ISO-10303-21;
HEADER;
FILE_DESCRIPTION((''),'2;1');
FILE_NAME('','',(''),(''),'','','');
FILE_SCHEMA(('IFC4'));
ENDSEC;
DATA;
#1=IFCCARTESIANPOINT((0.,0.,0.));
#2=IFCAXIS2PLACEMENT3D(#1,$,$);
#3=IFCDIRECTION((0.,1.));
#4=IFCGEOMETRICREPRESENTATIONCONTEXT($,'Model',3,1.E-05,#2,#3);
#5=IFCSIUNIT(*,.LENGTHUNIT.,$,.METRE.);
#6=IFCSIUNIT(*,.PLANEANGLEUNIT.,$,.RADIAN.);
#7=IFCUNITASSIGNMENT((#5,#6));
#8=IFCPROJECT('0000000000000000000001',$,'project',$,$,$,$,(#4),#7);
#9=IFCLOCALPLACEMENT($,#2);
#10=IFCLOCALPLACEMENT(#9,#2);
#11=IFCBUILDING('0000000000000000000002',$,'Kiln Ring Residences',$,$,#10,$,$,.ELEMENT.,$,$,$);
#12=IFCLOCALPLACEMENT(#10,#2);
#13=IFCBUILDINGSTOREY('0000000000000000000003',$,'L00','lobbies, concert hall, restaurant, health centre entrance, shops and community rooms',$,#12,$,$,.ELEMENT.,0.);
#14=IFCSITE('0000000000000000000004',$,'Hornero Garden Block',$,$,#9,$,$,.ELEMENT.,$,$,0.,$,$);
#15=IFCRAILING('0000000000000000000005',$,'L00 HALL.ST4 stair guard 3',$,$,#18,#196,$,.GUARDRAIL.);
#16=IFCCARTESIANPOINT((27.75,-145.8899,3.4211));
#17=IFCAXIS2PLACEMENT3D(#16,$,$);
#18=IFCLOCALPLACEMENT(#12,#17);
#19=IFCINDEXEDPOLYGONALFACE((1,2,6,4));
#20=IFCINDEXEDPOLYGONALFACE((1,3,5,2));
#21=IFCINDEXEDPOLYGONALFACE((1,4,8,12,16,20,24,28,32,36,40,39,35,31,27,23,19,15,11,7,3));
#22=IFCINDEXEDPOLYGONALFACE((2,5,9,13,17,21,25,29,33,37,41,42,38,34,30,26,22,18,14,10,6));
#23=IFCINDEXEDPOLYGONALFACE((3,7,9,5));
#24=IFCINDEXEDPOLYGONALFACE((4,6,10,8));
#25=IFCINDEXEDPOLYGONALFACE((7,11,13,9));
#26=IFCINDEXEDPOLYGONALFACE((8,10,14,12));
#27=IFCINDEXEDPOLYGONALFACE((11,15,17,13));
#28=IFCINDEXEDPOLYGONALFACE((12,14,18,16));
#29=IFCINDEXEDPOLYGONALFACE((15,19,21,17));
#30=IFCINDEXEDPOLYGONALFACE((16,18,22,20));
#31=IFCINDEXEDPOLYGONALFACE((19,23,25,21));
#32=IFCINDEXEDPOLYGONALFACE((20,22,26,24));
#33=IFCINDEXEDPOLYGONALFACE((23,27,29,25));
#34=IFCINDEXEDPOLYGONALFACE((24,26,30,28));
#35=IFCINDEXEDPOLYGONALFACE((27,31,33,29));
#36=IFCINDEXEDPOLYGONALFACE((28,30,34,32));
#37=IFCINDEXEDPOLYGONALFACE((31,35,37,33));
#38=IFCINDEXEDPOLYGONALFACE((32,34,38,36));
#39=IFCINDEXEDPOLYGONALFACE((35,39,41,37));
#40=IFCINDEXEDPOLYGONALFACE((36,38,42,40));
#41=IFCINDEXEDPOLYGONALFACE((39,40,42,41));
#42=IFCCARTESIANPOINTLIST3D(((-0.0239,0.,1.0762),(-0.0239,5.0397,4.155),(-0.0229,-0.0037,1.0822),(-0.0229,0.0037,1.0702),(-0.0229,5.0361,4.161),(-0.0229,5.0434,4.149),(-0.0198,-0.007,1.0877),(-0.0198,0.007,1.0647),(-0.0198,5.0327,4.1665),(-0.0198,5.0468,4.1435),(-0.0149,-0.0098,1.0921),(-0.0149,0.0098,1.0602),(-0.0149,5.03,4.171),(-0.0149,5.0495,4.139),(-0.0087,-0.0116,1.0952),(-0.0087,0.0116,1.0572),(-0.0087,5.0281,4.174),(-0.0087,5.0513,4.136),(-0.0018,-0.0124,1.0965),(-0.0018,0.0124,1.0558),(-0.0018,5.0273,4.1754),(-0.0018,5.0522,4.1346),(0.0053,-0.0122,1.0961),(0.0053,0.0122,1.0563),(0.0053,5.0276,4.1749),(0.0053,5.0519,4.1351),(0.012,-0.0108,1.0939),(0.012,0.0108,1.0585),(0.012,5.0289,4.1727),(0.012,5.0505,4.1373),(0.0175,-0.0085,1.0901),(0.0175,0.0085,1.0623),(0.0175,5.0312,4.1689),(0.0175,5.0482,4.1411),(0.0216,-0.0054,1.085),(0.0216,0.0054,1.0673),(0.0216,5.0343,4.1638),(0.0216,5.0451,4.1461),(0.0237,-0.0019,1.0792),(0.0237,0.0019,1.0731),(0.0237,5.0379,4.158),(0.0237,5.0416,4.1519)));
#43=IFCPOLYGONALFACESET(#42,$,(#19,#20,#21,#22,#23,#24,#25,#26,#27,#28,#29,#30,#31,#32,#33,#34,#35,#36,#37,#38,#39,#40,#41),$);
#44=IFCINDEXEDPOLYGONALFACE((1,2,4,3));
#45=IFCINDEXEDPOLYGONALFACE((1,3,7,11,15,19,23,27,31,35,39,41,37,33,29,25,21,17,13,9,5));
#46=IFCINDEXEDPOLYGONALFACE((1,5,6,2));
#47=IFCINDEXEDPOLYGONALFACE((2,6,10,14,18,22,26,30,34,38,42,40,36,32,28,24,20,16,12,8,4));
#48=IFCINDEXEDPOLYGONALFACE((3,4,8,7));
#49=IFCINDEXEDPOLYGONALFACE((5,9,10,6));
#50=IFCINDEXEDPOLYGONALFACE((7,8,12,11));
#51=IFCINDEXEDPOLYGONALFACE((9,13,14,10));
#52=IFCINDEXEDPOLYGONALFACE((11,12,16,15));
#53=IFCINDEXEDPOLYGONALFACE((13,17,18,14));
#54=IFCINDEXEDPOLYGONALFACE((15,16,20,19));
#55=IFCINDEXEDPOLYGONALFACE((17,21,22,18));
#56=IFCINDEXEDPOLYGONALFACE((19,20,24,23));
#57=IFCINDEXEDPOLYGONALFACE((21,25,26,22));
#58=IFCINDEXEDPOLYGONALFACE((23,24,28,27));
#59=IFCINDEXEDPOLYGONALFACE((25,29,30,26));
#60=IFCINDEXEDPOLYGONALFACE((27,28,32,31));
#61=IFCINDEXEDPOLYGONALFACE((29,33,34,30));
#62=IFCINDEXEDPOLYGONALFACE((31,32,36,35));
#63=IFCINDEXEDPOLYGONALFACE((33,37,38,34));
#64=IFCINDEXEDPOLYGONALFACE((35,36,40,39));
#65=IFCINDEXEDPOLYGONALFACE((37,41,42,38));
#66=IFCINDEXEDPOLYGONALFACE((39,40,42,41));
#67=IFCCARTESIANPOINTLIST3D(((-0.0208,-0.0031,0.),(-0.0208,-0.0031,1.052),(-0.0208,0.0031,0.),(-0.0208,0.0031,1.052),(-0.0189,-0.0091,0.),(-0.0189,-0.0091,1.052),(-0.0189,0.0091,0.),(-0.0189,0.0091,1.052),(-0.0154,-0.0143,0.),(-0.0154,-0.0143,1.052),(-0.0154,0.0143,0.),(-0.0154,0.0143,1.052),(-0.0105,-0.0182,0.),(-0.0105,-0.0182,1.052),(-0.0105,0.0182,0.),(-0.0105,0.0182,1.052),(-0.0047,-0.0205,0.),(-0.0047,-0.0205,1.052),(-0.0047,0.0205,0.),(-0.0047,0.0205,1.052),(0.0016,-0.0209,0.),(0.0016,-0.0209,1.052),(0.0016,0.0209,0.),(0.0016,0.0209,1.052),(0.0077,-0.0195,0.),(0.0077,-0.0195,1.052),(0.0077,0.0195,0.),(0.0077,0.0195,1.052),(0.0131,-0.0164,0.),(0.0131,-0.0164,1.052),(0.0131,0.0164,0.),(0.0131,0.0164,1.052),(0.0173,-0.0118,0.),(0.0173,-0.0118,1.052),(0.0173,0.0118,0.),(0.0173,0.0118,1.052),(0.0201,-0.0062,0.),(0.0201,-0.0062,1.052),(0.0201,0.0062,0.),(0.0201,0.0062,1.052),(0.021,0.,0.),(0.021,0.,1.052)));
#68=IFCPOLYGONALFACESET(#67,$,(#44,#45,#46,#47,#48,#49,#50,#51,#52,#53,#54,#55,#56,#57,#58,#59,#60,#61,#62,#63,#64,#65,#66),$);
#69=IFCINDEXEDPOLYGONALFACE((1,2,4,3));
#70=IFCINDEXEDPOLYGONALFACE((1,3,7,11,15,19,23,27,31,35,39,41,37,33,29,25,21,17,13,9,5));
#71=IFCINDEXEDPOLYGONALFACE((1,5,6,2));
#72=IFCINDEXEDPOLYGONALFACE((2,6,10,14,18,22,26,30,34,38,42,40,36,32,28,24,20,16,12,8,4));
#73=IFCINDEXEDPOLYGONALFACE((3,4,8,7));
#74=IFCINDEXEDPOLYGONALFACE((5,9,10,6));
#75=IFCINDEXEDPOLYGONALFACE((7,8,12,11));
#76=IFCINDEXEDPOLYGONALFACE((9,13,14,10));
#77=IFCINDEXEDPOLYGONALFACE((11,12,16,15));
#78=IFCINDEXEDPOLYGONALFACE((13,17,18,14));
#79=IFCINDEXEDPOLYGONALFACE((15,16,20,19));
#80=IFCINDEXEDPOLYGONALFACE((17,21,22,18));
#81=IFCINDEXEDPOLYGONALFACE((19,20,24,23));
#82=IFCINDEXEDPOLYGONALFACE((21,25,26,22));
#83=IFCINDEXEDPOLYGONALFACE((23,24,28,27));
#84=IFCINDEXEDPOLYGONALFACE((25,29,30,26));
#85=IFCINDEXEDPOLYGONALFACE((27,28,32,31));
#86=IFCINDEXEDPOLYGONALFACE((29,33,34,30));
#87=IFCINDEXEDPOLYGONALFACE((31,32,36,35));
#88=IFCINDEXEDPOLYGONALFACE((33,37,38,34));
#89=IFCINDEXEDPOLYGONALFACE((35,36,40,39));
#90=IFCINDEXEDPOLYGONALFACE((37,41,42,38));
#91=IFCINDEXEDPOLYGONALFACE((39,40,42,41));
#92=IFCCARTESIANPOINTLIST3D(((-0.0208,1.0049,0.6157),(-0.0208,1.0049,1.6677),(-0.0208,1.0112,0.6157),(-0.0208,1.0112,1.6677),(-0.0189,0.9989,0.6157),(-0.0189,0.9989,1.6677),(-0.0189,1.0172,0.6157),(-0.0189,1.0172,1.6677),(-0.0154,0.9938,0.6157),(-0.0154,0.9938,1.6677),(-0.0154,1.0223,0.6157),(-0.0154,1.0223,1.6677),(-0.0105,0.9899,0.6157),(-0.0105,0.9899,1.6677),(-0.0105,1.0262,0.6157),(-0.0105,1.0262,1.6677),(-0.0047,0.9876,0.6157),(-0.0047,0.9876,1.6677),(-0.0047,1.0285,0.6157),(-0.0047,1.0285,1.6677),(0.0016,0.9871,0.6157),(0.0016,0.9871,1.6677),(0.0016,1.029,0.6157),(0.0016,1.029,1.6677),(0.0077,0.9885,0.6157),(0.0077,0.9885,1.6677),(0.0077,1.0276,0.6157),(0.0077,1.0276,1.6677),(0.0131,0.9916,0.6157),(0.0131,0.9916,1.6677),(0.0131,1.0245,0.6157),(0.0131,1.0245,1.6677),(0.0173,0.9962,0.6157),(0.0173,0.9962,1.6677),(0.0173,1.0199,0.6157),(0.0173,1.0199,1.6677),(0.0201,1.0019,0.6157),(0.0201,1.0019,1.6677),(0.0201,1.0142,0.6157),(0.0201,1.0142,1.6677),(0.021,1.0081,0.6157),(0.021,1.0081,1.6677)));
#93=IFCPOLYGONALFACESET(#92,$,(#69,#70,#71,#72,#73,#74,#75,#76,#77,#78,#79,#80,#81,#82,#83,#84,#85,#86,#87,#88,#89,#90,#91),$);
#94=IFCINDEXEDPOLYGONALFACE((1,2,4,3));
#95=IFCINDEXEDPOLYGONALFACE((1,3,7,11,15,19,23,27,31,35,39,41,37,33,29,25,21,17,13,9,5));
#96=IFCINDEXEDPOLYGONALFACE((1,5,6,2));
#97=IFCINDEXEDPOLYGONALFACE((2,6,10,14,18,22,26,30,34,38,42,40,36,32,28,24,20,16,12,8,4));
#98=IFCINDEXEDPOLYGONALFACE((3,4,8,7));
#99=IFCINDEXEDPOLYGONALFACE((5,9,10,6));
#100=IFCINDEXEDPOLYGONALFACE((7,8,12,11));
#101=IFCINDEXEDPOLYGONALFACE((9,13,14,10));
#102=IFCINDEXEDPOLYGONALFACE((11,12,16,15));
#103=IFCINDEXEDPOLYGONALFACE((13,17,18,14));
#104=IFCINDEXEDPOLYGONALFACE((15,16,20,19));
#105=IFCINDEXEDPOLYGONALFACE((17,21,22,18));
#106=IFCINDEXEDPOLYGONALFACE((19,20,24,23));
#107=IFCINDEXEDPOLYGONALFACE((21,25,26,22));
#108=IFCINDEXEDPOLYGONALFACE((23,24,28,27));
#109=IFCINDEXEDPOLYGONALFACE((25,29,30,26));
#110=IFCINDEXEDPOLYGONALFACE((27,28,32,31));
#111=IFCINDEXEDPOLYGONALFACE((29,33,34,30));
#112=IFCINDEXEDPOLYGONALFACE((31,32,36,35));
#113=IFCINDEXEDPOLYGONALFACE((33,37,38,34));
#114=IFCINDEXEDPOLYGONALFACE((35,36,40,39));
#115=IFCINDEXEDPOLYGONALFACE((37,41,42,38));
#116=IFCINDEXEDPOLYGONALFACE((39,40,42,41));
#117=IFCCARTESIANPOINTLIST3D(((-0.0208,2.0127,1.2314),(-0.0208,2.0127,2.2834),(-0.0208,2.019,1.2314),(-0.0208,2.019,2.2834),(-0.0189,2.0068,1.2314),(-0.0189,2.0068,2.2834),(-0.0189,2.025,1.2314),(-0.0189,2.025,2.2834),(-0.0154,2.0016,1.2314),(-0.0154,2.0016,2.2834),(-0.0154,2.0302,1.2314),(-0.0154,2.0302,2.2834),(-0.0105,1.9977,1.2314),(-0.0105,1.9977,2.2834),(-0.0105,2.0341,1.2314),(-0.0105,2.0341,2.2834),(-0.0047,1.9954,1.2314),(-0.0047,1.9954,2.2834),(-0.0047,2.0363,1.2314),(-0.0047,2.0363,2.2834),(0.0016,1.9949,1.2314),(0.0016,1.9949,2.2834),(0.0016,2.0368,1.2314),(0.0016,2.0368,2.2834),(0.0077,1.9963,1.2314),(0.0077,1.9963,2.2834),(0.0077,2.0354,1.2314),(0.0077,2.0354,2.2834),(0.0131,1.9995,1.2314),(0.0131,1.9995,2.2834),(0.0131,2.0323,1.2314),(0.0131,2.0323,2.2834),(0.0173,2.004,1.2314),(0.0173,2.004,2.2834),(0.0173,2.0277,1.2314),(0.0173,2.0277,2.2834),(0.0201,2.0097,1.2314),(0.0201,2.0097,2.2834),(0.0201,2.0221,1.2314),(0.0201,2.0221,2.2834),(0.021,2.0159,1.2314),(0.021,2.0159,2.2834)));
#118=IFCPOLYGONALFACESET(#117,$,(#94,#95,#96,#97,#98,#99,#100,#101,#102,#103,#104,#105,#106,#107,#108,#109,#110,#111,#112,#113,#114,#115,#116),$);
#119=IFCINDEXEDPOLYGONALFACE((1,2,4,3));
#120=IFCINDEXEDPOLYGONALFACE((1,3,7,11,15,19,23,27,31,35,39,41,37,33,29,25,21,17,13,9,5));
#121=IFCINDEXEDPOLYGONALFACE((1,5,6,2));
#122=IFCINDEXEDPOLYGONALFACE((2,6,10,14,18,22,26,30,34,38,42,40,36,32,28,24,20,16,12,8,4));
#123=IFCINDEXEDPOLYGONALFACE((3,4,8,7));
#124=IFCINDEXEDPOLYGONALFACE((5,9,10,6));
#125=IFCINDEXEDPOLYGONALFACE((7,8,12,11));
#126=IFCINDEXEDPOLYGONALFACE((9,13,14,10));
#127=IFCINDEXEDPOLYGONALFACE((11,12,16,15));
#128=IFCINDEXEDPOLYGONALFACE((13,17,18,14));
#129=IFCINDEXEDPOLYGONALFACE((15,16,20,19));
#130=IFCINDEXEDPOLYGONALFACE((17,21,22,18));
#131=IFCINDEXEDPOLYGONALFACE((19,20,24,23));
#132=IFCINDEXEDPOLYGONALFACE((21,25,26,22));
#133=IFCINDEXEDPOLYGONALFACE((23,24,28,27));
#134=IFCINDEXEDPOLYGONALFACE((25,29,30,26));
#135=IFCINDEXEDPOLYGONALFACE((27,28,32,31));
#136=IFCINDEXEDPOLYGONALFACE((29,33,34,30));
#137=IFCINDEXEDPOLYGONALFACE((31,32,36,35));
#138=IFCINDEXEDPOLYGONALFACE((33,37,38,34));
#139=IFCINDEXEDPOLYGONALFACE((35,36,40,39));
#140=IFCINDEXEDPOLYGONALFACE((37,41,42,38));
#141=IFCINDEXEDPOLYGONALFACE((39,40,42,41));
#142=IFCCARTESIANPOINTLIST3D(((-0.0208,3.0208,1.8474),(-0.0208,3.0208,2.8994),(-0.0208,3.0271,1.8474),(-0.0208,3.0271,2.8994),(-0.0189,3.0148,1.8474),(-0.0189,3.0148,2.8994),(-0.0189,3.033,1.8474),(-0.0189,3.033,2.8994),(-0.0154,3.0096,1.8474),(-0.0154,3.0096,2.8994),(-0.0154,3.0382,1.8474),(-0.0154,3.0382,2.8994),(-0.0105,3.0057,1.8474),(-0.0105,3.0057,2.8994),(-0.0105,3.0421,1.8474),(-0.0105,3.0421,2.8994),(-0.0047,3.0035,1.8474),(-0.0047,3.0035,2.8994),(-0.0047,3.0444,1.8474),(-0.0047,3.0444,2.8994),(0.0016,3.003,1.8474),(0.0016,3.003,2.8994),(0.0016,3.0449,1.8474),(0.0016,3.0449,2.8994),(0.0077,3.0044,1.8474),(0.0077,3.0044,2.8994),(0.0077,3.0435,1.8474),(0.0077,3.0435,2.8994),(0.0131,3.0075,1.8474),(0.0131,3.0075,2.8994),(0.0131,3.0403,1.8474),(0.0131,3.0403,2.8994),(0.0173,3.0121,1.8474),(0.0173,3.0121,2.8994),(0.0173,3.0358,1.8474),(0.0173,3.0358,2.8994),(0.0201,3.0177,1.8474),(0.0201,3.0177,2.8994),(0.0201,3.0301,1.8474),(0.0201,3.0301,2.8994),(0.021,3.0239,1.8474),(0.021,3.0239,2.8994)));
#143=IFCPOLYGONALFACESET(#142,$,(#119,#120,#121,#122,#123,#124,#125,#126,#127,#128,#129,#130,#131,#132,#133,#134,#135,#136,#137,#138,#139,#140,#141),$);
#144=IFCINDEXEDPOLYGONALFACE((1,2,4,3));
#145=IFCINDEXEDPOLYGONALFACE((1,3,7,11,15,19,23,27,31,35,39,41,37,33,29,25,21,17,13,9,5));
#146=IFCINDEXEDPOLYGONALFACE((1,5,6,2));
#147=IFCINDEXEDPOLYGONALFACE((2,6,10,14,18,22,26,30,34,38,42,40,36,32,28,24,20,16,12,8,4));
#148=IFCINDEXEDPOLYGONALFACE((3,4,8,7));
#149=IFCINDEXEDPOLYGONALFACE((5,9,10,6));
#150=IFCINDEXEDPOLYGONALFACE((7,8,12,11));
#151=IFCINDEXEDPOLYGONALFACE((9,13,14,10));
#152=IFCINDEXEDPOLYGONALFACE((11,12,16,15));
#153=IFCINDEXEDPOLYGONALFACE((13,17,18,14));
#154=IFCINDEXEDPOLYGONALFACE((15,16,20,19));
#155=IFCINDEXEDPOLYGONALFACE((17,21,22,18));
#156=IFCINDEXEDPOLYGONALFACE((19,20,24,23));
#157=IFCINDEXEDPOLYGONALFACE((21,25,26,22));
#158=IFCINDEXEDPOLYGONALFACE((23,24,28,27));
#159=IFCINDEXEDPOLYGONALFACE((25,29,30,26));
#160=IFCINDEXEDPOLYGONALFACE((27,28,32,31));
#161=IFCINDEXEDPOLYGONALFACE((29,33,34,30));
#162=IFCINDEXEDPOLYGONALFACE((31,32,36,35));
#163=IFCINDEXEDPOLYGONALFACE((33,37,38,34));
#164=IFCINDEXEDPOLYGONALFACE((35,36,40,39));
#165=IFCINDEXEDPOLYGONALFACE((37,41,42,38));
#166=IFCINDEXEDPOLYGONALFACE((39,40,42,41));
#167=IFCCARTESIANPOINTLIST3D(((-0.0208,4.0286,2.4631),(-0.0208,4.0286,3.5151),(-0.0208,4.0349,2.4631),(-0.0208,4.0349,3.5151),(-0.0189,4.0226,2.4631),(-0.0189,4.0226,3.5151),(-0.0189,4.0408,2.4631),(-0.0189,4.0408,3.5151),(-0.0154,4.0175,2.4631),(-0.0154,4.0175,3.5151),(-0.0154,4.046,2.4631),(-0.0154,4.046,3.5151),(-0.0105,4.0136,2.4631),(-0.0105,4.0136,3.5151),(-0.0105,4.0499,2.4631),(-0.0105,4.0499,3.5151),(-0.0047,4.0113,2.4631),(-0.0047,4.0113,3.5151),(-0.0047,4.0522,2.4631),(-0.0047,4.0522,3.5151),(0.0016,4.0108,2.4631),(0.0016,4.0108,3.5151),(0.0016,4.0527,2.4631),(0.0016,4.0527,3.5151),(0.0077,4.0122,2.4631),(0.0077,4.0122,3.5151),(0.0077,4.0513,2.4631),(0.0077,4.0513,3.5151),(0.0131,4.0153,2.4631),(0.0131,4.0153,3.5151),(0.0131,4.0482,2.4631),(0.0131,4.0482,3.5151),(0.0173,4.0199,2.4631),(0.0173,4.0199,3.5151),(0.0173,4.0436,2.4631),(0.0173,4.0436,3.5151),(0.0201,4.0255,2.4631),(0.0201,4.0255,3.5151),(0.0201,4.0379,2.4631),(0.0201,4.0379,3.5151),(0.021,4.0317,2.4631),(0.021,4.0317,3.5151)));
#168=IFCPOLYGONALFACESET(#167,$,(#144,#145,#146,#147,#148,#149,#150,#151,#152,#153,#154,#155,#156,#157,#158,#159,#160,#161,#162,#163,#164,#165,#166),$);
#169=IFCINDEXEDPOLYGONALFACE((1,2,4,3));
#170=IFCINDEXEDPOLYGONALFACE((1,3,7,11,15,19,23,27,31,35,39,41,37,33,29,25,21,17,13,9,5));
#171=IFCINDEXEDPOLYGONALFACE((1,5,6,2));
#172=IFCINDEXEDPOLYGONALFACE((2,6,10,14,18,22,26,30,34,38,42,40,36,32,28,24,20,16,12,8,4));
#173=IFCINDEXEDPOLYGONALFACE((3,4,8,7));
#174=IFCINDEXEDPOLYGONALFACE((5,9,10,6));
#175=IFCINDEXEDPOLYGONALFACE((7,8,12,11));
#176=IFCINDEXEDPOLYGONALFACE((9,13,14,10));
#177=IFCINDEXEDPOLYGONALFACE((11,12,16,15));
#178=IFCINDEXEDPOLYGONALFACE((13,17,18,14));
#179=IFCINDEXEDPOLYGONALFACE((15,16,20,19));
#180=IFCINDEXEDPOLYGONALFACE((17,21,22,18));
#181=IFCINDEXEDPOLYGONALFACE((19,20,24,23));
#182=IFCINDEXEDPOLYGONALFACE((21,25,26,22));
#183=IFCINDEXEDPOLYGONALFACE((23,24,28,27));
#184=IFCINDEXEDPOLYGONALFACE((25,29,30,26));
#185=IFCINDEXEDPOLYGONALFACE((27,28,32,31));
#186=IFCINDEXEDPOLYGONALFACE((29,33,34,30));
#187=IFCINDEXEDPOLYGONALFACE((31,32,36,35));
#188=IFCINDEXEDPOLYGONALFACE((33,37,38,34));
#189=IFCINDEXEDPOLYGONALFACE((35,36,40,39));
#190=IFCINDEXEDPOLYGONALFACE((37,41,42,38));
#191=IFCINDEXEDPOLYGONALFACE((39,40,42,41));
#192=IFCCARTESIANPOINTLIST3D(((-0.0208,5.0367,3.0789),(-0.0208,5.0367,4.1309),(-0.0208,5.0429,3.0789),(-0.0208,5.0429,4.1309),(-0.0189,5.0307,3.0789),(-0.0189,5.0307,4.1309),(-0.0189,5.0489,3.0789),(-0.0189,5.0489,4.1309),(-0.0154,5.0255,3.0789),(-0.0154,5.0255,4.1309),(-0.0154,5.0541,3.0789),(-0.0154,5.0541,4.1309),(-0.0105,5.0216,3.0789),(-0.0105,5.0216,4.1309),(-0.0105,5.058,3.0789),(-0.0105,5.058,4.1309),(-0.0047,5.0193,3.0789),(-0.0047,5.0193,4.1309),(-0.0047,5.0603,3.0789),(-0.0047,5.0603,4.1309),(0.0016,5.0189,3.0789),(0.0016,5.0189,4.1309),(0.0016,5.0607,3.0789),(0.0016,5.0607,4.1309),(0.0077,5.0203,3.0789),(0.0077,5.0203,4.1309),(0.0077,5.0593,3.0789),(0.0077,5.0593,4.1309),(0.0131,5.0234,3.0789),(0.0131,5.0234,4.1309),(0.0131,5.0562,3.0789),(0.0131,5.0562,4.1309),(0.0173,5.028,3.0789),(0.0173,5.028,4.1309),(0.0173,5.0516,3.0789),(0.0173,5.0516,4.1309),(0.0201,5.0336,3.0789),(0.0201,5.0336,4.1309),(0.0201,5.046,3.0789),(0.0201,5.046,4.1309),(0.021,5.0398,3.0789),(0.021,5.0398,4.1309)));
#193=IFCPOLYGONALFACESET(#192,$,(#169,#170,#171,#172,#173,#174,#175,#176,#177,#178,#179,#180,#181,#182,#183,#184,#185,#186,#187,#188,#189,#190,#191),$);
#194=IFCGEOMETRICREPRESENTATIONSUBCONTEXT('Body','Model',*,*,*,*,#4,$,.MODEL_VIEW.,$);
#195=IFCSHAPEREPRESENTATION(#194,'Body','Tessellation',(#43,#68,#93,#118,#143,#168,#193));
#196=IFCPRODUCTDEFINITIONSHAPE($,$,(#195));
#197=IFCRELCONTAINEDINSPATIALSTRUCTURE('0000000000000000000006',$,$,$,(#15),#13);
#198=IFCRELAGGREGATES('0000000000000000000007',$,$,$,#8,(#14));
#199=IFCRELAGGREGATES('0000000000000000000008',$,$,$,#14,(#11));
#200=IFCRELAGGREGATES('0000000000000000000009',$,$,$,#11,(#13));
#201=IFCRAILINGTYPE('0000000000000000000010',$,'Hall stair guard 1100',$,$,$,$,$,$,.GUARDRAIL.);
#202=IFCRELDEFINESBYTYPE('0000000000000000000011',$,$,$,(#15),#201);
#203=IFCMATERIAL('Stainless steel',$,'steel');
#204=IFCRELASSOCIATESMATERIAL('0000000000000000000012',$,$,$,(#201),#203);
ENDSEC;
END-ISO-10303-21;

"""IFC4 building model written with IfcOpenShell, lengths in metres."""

from ifc_helpers import new_model, si_unit, direction, frame, origin, origin_2d, place, context, subcontext, project, spatial, circle, extrude, material, type_object, element, save


model = new_model("IFC4")

# Units and contexts
model_context = context("Model", 3, precision=1e-05, world=origin(), true_north=direction((0.0, 1.0)))
body_context = subcontext(model_context, "Body", "Model", "MODEL_VIEW")
ifc_project = project(units=[si_unit("LENGTHUNIT", "METRE"), si_unit("PLANEANGLEUNIT", "RADIAN")], contexts=[model_context])

# Site, building, storey
site_placement = place(None, origin())
site = spatial("IfcSite", under=ifc_project, at=site_placement, Name="Hornero Garden Block", CompositionType="ELEMENT", RefElevation=0.0)
building_placement = place(site_placement, origin())
building = spatial("IfcBuilding", under=site, at=building_placement, Name="Kiln Ring Residences", CompositionType="ELEMENT")
storey_placement = place(building_placement, origin())
storey = spatial("IfcBuildingStorey", under=building, at=storey_placement, Name="L00", Description="lobbies, concert hall, restaurant, health centre entrance, shops and community rooms", CompositionType="ELEMENT", Elevation=0.0)

# Railing
ifc_material_1 = material(Name="Stainless steel", Category="steel")
railing_type_1 = type_object("IfcRailingType", Name="Hall stair guard 1100", PredefinedType="GUARDRAIL", material=ifc_material_1)
railing_1_placement = place(storey_placement, frame((27.75, -145.8899, 3.4211)))
element("IfcRailing", 1, at=railing_1_placement, inside=storey, type_object=railing_type_1, Name="L00 HALL.ST4 stair guard 3", PredefinedType="GUARDRAIL", context=body_context, shape_type="SweptSolid", body=[
    extrude(circle(Radius=0.0239, at=origin_2d()), frame((0.0, 0.0, 1.0762), z_axis=(0.0, 0.853358, 0.521325), x_axis=(-1.0, 0.0, 0.0)), (0.0, 0.0, 1.0), 5.9058),
    extrude(circle(Radius=0.021, at=origin_2d()), origin(), (0.0, 0.0, 1.0), 1.052),
    extrude(circle(Radius=0.021, at=origin_2d()), frame((0.0, 1.0081, 0.6157)), (0.0, 0.0, 1.0), 1.052),
    extrude(circle(Radius=0.021, at=origin_2d()), frame((0.0, 2.0159, 1.2314)), (0.0, 0.0, 1.0), 1.052),
    extrude(circle(Radius=0.021, at=origin_2d()), frame((0.0, 3.0239, 1.8474)), (0.0, 0.0, 1.0), 1.052),
    extrude(circle(Radius=0.021, at=origin_2d()), frame((0.0, 4.0317, 2.4631)), (0.0, 0.0, 1.0), 1.052),
    extrude(circle(Radius=0.021, at=origin_2d()), frame((0.0, 5.0398, 3.0789)), (0.0, 0.0, 1.0), 1.052),
])

save(model, "model.ifc")
